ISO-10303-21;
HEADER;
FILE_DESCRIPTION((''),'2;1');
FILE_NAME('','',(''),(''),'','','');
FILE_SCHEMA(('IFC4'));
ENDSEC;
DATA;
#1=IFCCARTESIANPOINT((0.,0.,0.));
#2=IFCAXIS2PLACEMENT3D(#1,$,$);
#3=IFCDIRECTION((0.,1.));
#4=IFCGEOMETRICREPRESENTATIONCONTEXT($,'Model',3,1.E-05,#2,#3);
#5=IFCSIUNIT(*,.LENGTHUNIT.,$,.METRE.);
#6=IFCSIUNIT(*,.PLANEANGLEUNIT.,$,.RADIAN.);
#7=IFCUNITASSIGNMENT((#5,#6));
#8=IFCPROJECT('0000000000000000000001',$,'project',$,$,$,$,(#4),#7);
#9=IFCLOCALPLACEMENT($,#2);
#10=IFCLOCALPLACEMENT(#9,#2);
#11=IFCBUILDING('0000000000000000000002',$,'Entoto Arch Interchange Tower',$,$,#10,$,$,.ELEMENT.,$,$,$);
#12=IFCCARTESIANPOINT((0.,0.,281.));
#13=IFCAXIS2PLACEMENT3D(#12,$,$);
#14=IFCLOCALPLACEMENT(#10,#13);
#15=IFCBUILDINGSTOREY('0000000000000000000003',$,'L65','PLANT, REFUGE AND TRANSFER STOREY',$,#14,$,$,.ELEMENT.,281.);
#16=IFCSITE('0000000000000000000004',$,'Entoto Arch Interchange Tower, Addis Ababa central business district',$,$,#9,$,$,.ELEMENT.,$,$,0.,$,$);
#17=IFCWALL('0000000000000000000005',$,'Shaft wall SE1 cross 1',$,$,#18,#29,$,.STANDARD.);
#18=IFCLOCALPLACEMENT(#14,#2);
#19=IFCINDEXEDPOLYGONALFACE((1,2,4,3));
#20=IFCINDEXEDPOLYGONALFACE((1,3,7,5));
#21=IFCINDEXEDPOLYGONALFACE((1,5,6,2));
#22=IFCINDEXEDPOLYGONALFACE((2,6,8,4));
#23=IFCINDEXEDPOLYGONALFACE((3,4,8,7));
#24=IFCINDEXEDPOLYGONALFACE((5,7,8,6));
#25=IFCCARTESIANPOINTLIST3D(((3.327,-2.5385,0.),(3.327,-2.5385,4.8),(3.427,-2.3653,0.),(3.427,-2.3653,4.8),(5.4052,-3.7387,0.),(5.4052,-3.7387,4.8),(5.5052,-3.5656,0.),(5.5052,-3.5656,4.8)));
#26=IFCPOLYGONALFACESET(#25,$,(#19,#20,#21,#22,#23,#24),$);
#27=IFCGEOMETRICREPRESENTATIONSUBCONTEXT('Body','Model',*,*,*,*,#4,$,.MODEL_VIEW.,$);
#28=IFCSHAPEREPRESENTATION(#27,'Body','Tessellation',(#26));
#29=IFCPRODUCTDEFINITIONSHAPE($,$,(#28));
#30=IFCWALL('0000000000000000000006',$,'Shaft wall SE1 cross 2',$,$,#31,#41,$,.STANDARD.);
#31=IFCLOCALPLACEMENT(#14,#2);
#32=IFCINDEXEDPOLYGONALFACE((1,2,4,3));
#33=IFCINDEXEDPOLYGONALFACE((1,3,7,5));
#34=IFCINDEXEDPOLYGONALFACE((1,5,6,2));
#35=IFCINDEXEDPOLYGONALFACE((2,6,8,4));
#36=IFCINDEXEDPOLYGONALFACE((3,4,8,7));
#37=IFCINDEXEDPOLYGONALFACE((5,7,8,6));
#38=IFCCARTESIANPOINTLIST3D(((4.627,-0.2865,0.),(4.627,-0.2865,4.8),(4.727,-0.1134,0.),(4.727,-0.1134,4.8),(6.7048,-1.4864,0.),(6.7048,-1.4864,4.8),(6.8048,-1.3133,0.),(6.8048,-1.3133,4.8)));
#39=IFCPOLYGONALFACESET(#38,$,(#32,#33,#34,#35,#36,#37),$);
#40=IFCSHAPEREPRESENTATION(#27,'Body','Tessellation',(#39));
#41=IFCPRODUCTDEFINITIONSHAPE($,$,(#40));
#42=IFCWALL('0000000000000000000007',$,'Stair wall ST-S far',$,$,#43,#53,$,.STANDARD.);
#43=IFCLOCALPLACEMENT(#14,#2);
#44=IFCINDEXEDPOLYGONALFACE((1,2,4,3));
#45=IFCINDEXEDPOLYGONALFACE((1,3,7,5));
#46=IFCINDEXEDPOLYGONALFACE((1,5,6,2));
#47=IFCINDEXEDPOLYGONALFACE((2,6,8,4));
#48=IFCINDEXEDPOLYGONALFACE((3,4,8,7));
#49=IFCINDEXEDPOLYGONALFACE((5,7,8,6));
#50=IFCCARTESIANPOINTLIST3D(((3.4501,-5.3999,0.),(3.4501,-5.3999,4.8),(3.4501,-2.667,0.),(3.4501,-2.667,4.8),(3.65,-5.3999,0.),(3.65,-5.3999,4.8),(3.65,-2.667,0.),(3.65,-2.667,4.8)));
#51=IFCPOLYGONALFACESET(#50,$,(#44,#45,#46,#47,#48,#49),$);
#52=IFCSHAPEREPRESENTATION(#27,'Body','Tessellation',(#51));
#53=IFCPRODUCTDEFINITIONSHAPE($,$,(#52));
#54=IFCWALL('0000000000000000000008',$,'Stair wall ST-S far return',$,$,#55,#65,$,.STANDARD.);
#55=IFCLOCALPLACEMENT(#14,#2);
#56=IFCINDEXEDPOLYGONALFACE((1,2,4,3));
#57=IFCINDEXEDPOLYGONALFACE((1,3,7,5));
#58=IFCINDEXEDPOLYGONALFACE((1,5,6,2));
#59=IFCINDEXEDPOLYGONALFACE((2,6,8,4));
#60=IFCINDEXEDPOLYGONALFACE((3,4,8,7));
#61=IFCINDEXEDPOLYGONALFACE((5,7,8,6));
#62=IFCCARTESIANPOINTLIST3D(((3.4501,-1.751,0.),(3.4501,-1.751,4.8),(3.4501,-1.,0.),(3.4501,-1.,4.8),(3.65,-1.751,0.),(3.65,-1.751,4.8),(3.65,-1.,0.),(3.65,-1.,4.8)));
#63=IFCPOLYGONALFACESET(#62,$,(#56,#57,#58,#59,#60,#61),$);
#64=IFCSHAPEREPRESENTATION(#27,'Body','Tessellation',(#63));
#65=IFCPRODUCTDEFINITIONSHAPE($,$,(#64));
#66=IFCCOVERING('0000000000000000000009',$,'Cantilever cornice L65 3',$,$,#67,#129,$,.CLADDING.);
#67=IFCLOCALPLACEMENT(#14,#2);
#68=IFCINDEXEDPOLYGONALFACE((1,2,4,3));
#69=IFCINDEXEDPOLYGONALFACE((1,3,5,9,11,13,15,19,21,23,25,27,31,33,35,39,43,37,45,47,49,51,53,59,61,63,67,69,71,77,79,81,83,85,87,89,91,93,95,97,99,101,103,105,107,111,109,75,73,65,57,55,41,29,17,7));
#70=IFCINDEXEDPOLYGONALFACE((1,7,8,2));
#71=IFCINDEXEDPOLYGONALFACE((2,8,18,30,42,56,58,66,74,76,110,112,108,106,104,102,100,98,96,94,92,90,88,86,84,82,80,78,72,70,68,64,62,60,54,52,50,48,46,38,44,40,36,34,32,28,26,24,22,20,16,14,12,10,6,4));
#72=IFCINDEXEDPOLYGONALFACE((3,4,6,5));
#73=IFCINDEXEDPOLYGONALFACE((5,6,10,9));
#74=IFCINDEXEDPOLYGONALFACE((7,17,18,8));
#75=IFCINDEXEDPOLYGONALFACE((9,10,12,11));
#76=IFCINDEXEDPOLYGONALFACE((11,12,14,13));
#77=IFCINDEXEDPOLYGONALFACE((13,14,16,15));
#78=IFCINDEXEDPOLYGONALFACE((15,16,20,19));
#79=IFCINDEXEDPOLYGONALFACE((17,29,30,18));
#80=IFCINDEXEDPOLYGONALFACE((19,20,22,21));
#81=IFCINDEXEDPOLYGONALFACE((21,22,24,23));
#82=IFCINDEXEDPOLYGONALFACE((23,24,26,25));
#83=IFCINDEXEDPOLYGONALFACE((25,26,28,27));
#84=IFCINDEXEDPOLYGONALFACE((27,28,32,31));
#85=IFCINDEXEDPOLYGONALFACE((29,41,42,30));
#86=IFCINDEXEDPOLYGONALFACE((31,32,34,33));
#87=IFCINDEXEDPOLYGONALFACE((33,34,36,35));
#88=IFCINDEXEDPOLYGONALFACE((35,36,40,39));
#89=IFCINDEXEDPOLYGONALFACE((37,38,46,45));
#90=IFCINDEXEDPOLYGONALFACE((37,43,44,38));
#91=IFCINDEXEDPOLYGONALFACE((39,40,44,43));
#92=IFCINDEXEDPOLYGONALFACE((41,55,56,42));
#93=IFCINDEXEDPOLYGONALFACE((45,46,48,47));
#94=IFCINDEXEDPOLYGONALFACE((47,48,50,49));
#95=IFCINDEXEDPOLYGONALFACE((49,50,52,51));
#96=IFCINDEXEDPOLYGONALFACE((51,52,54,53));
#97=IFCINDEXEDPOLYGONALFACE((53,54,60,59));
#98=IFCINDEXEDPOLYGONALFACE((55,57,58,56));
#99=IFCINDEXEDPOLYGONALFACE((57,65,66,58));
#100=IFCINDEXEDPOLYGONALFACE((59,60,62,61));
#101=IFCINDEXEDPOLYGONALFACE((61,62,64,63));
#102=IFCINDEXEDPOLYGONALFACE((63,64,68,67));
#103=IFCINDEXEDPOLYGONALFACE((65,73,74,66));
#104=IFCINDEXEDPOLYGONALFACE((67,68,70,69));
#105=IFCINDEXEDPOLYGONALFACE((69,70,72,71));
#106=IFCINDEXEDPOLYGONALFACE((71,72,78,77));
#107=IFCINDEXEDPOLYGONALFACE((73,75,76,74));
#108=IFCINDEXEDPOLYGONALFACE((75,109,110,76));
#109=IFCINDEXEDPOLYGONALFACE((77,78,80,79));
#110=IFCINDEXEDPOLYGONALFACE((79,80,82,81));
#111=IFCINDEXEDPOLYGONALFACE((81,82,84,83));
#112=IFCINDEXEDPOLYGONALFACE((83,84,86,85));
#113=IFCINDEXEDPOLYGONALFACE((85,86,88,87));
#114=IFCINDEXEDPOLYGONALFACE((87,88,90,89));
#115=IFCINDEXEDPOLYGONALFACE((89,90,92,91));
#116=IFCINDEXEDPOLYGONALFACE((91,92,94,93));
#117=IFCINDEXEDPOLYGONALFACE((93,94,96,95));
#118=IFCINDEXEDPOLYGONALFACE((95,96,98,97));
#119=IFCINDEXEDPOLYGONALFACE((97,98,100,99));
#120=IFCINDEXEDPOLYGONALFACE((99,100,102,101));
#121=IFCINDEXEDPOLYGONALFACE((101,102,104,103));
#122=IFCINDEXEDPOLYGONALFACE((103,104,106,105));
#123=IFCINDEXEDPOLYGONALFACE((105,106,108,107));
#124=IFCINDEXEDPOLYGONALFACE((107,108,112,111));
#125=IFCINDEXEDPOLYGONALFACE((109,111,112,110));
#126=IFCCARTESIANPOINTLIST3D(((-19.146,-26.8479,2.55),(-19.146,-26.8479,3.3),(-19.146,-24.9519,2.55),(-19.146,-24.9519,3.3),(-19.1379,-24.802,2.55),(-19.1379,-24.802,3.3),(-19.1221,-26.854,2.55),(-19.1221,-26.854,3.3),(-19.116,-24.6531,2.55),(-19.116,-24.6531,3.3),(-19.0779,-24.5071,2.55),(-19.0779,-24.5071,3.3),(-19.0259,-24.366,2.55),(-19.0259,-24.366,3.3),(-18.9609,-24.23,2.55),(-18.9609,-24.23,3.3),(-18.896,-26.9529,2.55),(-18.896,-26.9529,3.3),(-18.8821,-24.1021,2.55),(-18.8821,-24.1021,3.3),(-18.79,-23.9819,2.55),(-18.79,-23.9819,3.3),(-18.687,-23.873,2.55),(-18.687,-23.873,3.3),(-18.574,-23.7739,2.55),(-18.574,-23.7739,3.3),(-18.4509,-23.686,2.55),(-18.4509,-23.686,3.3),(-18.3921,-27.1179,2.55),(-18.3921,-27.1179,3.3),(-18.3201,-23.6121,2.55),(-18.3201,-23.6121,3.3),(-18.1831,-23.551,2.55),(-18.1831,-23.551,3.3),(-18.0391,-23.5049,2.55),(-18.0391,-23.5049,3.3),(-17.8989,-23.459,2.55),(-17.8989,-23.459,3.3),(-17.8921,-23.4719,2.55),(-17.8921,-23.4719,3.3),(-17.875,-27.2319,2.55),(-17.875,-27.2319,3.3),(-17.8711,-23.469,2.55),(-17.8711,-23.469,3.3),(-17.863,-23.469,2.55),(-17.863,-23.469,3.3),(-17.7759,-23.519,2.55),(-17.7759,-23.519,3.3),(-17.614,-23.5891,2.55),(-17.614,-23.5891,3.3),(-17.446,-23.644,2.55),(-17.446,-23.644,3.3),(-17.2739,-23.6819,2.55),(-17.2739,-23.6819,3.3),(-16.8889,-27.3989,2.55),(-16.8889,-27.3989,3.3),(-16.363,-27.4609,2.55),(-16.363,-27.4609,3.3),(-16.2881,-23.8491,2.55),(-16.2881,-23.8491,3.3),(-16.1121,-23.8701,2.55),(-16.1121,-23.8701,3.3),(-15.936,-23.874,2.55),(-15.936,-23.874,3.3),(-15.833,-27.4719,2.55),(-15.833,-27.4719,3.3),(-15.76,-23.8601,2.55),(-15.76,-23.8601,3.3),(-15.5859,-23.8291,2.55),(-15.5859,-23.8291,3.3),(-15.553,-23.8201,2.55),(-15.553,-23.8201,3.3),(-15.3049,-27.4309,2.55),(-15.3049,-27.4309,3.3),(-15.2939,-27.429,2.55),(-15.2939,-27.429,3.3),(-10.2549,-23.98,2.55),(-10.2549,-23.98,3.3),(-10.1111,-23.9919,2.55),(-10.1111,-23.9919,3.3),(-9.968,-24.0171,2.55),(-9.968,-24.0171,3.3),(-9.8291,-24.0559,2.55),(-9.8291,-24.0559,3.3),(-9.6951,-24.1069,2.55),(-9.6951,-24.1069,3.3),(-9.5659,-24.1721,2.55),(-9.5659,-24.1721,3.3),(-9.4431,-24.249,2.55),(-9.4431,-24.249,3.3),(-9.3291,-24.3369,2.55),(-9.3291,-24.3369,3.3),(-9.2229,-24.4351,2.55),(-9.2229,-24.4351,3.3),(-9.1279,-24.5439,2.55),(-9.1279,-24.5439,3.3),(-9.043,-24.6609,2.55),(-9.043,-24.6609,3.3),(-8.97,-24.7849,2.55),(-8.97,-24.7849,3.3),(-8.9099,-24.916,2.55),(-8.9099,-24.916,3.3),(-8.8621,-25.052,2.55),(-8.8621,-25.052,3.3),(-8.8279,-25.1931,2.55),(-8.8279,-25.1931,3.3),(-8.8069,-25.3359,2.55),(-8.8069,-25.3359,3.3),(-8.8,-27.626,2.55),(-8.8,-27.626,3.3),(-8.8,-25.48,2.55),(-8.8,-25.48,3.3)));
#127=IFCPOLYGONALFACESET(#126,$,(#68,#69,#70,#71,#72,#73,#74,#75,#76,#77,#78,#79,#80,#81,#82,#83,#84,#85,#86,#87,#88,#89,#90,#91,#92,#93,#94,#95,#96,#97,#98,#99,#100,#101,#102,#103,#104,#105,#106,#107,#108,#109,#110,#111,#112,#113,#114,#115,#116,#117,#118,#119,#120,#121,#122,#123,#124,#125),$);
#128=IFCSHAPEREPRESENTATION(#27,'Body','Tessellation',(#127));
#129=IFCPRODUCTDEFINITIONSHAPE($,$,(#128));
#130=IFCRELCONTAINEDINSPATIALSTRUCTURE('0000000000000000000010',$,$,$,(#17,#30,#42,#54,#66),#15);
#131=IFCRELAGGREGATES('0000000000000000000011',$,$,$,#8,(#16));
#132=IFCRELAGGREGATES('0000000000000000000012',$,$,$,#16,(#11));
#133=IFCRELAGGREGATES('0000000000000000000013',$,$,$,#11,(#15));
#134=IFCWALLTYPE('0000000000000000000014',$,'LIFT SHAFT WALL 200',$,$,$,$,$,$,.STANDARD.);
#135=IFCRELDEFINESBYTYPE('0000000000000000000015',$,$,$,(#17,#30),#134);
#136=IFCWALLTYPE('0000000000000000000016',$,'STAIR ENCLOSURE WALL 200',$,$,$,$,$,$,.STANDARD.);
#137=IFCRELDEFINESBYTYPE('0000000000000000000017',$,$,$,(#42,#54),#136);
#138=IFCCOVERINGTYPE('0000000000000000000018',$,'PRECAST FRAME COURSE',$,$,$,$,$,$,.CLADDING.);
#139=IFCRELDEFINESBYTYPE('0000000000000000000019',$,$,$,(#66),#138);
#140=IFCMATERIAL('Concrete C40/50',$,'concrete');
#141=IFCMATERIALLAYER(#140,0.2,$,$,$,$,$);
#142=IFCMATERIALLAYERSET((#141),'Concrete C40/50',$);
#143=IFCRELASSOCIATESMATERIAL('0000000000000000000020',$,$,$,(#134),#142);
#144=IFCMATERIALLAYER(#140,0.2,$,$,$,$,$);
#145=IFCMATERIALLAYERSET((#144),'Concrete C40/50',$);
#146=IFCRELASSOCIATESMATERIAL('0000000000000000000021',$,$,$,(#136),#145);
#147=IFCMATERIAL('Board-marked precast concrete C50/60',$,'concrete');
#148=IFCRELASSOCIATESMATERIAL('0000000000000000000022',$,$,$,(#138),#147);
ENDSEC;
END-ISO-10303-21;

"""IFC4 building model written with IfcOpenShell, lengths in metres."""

from ifc_helpers import new_model, si_unit, direction, frame, frame_2d, origin, place, context, subcontext, project, spatial, polyline, rectangle, outline, extrude, material, layer, layer_set, type_object, element, save


model = new_model("IFC4")

# Units and contexts
model_context = context("Model", 3, precision=1e-05, world=origin(), true_north=direction((0.0, 1.0)))
body_context = subcontext(model_context, "Body", "Model", "MODEL_VIEW")
ifc_project = project(units=[si_unit("LENGTHUNIT", "METRE"), si_unit("PLANEANGLEUNIT", "RADIAN")], contexts=[model_context])

# Site, building, storey
site_placement = place(None, origin())
site = spatial("IfcSite", under=ifc_project, at=site_placement, Name="Entoto Arch Interchange Tower, Addis Ababa central business district", CompositionType="ELEMENT", RefElevation=0.0)
building_placement = place(site_placement, origin())
building = spatial("IfcBuilding", under=site, at=building_placement, Name="Entoto Arch Interchange Tower", CompositionType="ELEMENT")
storey_placement = place(building_placement, frame((0.0, 0.0, 281.0)))
storey = spatial("IfcBuildingStorey", under=building, at=storey_placement, Name="L65", Description="PLANT, REFUGE AND TRANSFER STOREY", CompositionType="ELEMENT", Elevation=281.0)

# Shared definitions
ifc_material_1 = material(Name="Concrete C40/50", Category="concrete")

# Shared definitions
ifc_layer_1 = layer(ifc_material_1, 0.2)
ifc_layer_set_1 = layer_set([ifc_layer_1], Name="Concrete C40/50")
wall_type_1 = type_object("IfcWallType", Name="LIFT SHAFT WALL 200", PredefinedType="STANDARD", material=ifc_layer_set_1)

# Walls
wall_1_placement = place(storey_placement, frame((3.377, -2.4519, 0.0), z_axis=(0.0, 0.0, 1.0), x_axis=(0.865955, -0.500122, 0.0)))
element("IfcWall", 1, at=wall_1_placement, inside=storey, type_object=wall_type_1, Name="Shaft wall SE1 cross 1", PredefinedType="STANDARD", context=body_context, shape_type="SweptSolid", body=[
    extrude(rectangle(XDim=2.3999, YDim=0.2, at=frame_2d((1.2, 0.0))), origin(), (0.0, 0.0, 1.0), 4.8),
])
wall_2_placement = place(storey_placement, frame((4.677, -0.2, 0.0), z_axis=(0.0, 0.0, 1.0), x_axis=(0.865974, -0.500089, 0.0)))
element("IfcWall", 2, at=wall_2_placement, inside=storey, type_object=wall_type_1, Name="Shaft wall SE1 cross 2", PredefinedType="STANDARD", context=body_context, shape_type="SweptSolid", body=[
    extrude(rectangle(XDim=2.3994, YDim=0.2, at=frame_2d((1.1997, 0.0))), origin(), (0.0, 0.0, 1.0), 4.8),
])
ifc_layer_2 = layer(ifc_material_1, 0.2)
ifc_layer_set_2 = layer_set([ifc_layer_2], Name="Concrete C40/50")
wall_type_2 = type_object("IfcWallType", Name="STAIR ENCLOSURE WALL 200", PredefinedType="STANDARD", material=ifc_layer_set_2)
wall_3_placement = place(storey_placement, frame((3.55, -2.667, 0.0), z_axis=(0.0, 0.0, 1.0), x_axis=(0.0, -1.0, 0.0)))
element("IfcWall", 3, at=wall_3_placement, inside=storey, type_object=wall_type_2, Name="Stair wall ST-S far", PredefinedType="STANDARD", context=body_context, shape_type="SweptSolid", body=[
    extrude(rectangle(XDim=2.7329, YDim=0.2, at=frame_2d((1.3665, 0.0))), origin(), (0.0, 0.0, 1.0), 4.8),
])
wall_4_placement = place(storey_placement, frame((3.55, -1.0, 0.0), z_axis=(0.0, 0.0, 1.0), x_axis=(0.0, -1.0, 0.0)))
element("IfcWall", 4, at=wall_4_placement, inside=storey, type_object=wall_type_2, Name="Stair wall ST-S far return", PredefinedType="STANDARD", context=body_context, shape_type="SweptSolid", body=[
    extrude(rectangle(XDim=0.751, YDim=0.2, at=frame_2d((0.3755, 0.0))), origin(), (0.0, 0.0, 1.0), 4.8),
])

# Covering
ifc_material_2 = material(Name="Board-marked precast concrete C50/60", Category="concrete")
covering_type = type_object("IfcCoveringType", Name="PRECAST FRAME COURSE", PredefinedType="CLADDING", material=ifc_material_2)
covering_1_placement = place(storey_placement, frame((0.0, 0.0, 2.55)))
element("IfcCovering", 5, at=covering_1_placement, inside=storey, type_object=covering_type, Name="Cantilever cornice L65 3", PredefinedType="CLADDING", context=body_context, shape_type="SweptSolid", body=[
    extrude(outline(polyline([(-9.6951, -24.1069), (-9.5659, -24.1721), (-9.4431, -24.249), (-9.3291, -24.3369), (-9.2229, -24.4351), (-9.1279, -24.5439), (-9.043, -24.6609), (-8.97, -24.7849), (-8.9099, -24.916), (-8.8621, -25.052), (-8.8279, -25.1931), (-8.8069, -25.3359), (-8.8, -25.48), (-8.8, -27.626), (-15.2939, -27.429), (-15.3049, -27.4309), (-15.833, -27.4719), (-16.363, -27.4609), (-16.8889, -27.3989), (-17.875, -27.2319), (-18.3921, -27.1179), (-18.896, -26.9529), (-19.1221, -26.854), (-19.146, -26.8479), (-19.146, -24.9519), (-19.1379, -24.802), (-19.116, -24.6531), (-19.0779, -24.5071), (-19.0259, -24.366), (-18.9609, -24.23), (-18.8821, -24.1021), (-18.79, -23.9819), (-18.687, -23.873), (-18.574, -23.7739), (-18.4509, -23.686), (-18.3201, -23.6121), (-18.1831, -23.551), (-18.0391, -23.5049), (-17.8921, -23.4719), (-17.8711, -23.469), (-17.8989, -23.459), (-17.863, -23.469), (-17.7759, -23.519), (-17.614, -23.5891), (-17.446, -23.644), (-17.2739, -23.6819), (-16.2881, -23.8491), (-16.1121, -23.8701), (-15.936, -23.874), (-15.76, -23.8601), (-15.5859, -23.8291), (-15.553, -23.8201), (-10.2549, -23.98), (-10.2549, -23.98), (-10.1111, -23.9919), (-9.968, -24.0171), (-9.8291, -24.0559), (-9.6951, -24.1069)])), origin(), (0.0, 0.0, 1.0), 0.75),
])

save(model, "model.ifc")
